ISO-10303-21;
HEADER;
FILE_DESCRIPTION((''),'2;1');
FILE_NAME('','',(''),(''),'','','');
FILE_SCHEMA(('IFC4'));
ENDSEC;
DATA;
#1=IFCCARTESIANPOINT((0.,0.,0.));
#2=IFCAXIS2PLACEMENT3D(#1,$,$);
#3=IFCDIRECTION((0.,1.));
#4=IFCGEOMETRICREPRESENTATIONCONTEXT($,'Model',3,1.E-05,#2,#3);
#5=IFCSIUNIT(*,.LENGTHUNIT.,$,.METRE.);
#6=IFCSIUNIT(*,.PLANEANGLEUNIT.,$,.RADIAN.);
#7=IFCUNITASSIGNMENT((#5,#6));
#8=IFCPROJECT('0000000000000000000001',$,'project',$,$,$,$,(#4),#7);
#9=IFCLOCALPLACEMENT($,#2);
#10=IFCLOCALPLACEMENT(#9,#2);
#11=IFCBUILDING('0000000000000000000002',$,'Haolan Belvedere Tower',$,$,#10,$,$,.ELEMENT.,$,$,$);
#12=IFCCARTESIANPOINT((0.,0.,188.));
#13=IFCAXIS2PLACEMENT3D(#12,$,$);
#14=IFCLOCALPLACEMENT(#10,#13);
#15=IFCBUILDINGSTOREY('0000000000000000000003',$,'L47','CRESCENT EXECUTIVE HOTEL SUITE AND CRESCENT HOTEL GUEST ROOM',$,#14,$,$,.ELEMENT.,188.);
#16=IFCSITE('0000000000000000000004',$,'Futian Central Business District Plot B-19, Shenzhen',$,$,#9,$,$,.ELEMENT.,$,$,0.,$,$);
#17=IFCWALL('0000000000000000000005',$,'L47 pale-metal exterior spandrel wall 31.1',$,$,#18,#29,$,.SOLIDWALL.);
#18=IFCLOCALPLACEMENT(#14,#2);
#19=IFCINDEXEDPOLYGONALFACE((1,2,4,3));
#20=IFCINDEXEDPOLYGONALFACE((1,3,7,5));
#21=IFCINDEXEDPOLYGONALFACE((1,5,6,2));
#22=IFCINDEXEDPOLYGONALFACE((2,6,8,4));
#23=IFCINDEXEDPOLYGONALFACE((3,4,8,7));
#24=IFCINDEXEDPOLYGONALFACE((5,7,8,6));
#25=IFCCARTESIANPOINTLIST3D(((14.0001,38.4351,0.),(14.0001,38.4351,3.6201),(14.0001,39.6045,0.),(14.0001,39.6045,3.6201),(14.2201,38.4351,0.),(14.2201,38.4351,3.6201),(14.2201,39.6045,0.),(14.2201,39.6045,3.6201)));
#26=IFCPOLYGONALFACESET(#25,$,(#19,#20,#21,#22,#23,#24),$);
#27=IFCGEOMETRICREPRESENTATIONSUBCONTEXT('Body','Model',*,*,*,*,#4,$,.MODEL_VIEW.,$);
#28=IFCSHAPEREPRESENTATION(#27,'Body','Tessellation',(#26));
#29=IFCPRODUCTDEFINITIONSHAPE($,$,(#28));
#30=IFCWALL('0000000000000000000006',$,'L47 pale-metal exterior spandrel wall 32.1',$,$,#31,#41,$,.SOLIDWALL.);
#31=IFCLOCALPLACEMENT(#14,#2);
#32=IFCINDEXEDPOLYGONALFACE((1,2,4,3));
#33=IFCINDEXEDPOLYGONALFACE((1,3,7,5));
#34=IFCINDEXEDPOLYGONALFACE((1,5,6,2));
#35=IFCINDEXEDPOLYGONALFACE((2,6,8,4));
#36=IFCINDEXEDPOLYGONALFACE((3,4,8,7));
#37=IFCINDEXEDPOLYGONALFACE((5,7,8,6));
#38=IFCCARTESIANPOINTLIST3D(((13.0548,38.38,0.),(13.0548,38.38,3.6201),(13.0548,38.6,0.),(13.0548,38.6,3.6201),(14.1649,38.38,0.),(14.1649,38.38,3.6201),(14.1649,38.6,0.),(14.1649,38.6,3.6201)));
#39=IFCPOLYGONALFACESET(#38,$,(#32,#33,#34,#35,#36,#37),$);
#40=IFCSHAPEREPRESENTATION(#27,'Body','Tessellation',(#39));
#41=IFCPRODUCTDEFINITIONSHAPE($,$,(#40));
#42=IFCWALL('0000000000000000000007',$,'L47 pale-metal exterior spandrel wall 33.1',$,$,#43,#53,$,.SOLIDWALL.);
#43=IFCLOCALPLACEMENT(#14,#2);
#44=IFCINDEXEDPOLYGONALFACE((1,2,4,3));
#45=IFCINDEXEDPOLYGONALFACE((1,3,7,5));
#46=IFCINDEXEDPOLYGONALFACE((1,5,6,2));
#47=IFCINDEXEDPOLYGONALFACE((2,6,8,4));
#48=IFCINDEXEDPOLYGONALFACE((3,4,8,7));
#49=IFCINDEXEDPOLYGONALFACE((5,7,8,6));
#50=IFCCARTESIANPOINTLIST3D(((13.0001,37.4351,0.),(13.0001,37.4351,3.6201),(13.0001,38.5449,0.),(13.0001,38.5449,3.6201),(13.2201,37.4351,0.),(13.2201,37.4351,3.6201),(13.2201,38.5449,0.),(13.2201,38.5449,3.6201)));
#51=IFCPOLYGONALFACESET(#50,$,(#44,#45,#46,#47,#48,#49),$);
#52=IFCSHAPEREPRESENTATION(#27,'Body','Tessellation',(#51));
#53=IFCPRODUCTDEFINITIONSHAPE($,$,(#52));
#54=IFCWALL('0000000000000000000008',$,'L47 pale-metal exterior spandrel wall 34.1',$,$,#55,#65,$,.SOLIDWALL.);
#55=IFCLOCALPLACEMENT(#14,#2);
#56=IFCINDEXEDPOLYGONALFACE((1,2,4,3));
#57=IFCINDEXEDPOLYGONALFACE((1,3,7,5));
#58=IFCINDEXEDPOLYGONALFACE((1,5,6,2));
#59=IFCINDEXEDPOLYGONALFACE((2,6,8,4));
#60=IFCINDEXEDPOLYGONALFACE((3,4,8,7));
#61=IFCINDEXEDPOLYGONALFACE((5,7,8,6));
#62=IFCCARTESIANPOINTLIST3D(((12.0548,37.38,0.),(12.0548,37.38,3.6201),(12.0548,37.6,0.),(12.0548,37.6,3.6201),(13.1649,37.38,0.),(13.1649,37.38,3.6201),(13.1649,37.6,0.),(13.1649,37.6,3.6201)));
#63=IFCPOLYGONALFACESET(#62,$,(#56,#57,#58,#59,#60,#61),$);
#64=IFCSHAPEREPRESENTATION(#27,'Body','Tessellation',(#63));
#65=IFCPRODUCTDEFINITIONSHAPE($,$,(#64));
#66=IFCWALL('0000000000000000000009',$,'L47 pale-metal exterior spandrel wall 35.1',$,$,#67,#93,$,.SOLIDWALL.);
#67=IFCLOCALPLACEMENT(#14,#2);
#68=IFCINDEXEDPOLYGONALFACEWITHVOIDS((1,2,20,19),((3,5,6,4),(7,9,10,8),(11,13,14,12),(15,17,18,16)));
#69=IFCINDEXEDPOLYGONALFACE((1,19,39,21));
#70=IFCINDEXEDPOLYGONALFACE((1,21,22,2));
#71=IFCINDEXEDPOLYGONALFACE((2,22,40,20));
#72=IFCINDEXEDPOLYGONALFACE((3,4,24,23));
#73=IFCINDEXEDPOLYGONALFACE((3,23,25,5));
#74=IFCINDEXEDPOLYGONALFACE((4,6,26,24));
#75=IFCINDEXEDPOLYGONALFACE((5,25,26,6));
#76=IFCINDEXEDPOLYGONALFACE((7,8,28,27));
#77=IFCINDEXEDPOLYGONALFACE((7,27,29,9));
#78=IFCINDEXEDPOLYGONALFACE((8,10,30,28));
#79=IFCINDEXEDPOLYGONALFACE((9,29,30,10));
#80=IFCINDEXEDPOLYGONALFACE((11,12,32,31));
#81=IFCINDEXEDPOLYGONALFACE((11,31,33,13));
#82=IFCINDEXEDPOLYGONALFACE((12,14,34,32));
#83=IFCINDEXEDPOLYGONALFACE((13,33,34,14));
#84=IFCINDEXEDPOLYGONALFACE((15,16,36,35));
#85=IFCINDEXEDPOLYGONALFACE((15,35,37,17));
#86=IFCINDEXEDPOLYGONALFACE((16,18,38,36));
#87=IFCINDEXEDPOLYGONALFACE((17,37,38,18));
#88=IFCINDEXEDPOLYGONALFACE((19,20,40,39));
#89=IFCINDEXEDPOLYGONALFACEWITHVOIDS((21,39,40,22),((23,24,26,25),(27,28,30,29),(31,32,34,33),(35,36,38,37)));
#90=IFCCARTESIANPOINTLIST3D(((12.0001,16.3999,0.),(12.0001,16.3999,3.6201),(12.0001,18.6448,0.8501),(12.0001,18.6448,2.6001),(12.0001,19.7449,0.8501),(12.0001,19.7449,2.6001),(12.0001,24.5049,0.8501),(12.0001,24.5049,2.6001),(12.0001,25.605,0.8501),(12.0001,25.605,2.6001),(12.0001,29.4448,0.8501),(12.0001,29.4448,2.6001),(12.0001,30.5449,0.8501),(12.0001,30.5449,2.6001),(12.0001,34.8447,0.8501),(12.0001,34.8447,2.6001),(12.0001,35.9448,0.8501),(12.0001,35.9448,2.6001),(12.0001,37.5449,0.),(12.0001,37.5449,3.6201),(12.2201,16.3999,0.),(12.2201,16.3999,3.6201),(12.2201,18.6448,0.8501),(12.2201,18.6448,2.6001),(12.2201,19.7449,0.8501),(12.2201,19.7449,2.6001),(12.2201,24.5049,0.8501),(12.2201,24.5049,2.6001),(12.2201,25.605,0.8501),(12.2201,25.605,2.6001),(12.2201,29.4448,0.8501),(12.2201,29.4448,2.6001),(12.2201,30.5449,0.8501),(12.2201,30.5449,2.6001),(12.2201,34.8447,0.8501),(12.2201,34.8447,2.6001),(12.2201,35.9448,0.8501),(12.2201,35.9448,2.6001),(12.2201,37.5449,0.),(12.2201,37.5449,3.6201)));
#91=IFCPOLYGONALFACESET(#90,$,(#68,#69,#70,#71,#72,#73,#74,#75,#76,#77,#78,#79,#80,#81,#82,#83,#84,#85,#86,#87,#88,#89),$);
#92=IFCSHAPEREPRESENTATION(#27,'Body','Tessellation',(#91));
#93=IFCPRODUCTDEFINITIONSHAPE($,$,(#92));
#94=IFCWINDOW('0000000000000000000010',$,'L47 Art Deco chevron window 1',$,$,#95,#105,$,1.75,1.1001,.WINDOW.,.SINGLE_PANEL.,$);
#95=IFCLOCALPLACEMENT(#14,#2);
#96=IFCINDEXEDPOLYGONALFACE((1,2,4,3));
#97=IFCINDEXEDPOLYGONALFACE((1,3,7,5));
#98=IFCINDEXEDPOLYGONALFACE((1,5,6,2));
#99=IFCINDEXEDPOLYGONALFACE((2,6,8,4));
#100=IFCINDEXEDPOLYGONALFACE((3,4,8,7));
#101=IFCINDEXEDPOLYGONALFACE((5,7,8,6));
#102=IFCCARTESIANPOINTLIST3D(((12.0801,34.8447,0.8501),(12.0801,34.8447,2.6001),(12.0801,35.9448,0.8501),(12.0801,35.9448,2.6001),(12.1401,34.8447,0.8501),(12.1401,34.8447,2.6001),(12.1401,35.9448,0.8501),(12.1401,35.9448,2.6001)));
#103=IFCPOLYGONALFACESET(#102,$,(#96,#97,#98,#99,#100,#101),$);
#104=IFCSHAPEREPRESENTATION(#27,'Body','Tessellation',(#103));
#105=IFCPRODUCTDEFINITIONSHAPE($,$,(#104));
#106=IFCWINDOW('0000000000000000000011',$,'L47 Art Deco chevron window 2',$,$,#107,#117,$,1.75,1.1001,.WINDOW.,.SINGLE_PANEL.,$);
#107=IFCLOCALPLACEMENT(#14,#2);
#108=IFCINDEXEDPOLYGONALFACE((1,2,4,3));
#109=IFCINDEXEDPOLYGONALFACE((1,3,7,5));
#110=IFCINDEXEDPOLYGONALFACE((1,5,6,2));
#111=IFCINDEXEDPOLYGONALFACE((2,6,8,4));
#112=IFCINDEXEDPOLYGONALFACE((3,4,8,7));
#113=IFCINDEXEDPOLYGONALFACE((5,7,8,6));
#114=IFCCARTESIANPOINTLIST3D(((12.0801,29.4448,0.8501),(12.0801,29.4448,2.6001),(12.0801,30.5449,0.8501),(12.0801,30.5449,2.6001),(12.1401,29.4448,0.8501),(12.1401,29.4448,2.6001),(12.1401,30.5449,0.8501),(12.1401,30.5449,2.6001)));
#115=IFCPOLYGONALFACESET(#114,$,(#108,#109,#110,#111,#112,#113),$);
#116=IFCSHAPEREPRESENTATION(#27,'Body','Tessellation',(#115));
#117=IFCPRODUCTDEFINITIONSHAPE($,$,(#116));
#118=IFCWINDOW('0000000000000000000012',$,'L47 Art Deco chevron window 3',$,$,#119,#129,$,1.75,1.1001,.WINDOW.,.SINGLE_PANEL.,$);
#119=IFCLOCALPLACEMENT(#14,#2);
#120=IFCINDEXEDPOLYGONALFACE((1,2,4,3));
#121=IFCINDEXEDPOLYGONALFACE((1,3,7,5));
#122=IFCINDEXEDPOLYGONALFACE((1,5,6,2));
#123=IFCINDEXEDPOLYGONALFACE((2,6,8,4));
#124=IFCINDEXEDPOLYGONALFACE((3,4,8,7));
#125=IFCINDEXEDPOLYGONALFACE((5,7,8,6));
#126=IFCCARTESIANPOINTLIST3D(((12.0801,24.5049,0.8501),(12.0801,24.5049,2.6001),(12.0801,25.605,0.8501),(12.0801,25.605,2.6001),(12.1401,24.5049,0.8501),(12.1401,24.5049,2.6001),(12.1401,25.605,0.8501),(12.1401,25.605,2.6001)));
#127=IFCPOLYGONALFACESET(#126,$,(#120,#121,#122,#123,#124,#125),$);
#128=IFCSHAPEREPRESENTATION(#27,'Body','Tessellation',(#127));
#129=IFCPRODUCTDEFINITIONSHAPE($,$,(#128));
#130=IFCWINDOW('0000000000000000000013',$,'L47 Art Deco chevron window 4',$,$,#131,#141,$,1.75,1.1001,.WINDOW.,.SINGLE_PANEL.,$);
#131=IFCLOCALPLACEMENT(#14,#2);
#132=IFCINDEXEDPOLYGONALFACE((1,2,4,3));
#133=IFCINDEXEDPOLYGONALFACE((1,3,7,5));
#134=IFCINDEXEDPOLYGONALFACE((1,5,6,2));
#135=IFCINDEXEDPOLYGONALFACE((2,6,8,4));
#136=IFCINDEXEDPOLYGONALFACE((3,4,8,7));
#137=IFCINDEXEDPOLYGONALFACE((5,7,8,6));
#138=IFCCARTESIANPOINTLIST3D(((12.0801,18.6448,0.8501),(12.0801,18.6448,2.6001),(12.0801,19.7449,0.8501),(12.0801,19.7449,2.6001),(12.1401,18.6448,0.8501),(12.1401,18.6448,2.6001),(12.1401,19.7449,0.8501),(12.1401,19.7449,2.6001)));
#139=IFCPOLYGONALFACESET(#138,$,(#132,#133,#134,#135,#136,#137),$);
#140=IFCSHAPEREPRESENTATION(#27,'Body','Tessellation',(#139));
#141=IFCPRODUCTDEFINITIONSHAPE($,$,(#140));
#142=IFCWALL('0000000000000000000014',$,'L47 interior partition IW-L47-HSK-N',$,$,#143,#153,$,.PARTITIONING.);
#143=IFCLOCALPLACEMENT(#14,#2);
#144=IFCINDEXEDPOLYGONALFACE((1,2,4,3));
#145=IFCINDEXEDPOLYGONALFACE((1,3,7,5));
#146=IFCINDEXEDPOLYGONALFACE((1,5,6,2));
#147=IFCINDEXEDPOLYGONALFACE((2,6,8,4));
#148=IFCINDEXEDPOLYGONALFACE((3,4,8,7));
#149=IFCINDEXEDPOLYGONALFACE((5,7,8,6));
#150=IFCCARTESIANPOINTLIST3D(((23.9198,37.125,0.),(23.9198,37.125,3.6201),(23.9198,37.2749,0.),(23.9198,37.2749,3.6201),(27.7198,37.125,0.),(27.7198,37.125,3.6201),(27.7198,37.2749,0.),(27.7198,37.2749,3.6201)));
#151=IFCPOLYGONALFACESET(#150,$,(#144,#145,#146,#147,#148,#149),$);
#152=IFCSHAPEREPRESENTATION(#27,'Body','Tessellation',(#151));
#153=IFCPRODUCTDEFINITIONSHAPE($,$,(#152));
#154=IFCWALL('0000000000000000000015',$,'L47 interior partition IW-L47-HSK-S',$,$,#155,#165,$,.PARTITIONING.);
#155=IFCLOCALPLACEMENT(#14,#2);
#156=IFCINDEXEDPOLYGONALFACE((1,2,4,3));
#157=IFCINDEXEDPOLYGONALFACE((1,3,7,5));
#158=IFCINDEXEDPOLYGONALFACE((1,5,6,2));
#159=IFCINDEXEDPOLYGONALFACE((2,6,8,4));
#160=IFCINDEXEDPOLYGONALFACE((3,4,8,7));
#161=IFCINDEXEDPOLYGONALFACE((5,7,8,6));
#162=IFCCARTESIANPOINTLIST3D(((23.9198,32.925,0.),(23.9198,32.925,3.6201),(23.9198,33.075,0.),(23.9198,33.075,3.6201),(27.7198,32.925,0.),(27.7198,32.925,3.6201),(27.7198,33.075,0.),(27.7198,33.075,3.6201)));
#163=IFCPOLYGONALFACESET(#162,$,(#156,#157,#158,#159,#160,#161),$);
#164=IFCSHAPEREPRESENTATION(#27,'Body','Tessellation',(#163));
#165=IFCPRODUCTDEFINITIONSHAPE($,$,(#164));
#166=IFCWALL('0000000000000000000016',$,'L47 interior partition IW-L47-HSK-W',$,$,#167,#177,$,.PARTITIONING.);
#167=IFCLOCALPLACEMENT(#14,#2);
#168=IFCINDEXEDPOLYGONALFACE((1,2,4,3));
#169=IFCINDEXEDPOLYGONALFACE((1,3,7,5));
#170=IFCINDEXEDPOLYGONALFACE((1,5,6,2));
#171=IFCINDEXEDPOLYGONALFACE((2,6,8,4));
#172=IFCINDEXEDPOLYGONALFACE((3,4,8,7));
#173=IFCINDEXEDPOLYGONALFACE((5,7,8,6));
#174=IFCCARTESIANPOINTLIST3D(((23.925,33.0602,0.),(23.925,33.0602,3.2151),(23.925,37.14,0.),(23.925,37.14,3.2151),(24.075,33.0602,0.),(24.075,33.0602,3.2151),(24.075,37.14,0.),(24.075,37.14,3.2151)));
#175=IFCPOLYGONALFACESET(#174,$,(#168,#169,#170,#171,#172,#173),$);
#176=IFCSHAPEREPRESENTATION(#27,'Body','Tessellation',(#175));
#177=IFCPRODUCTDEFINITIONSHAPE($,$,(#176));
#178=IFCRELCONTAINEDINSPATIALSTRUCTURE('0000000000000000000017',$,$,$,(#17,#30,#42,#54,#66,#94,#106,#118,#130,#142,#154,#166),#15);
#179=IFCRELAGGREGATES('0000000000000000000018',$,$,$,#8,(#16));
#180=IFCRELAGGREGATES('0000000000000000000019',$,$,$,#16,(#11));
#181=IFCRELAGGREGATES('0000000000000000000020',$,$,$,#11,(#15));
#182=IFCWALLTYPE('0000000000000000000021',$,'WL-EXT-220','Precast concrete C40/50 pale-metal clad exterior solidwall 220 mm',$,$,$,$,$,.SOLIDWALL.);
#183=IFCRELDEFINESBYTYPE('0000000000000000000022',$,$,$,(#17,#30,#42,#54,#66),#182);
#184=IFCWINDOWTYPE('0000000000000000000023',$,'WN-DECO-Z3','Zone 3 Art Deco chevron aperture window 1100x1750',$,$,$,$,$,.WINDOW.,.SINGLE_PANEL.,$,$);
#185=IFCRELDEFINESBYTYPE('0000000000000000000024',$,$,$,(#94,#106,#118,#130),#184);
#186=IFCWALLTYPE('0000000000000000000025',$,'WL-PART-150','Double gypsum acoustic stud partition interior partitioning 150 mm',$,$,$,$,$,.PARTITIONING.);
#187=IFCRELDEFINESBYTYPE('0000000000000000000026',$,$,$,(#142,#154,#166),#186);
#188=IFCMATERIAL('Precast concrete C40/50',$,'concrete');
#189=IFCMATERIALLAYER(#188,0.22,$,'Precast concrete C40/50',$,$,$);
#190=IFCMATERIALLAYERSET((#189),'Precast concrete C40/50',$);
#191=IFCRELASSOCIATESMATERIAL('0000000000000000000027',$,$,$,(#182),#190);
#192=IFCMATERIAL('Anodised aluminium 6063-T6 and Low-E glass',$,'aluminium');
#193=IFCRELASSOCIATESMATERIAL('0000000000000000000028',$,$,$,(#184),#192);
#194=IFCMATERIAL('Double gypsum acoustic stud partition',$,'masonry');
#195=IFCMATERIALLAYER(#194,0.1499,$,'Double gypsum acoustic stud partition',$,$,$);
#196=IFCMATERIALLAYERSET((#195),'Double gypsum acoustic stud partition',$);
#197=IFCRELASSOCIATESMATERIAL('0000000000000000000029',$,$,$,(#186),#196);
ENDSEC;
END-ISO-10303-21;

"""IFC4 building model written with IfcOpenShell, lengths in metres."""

from ifc_helpers import new_model, si_unit, direction, frame, frame_2d, origin, place, context, subcontext, project, spatial, rectangle, extrude, material, layer, layer_set, type_object, element, fill, save


model = new_model("IFC4")

# Units and contexts
model_context = context("Model", 3, precision=1e-05, world=origin(), true_north=direction((0.0, 1.0)))
body_context = subcontext(model_context, "Body", "Model", "MODEL_VIEW")
ifc_project = project(units=[si_unit("LENGTHUNIT", "METRE"), si_unit("PLANEANGLEUNIT", "RADIAN")], contexts=[model_context])

# Site, building, storey
site_placement = place(None, origin())
site = spatial("IfcSite", under=ifc_project, at=site_placement, Name="Futian Central Business District Plot B-19, Shenzhen", CompositionType="ELEMENT", RefElevation=0.0)
building_placement = place(site_placement, origin())
building = spatial("IfcBuilding", under=site, at=building_placement, Name="Haolan Belvedere Tower", CompositionType="ELEMENT")
storey_placement = place(building_placement, frame((0.0, 0.0, 188.0)))
storey = spatial("IfcBuildingStorey", under=building, at=storey_placement, Name="L47", Description="CRESCENT EXECUTIVE HOTEL SUITE AND CRESCENT HOTEL GUEST ROOM", CompositionType="ELEMENT", Elevation=188.0)

# Shared definitions
ifc_material_1 = material(Name="Precast concrete C40/50", Category="concrete")
ifc_layer_1 = layer(ifc_material_1, 0.22, Name="Precast concrete C40/50")
ifc_layer_set_1 = layer_set([ifc_layer_1], Name="Precast concrete C40/50")
wall_type_1 = type_object("IfcWallType", Name="WL-EXT-220", Description="Precast concrete C40/50 pale-metal clad exterior solidwall 220 mm", PredefinedType="SOLIDWALL", material=ifc_layer_set_1)

# Shared definitions
ifc_material_2 = material(Name="Anodised aluminium 6063-T6 and Low-E glass", Category="aluminium")
window_type = type_object("IfcWindowType", Name="WN-DECO-Z3", Description="Zone 3 Art Deco chevron aperture window 1100x1750", PartitioningType="SINGLE_PANEL", PredefinedType="WINDOW", material=ifc_material_2)

# Walls
wall_1_placement = place(storey_placement, frame((14.1101, 39.6045, 0.0), z_axis=(0.0, 0.0, 1.0), x_axis=(0.0, -1.0, 0.0)))
element("IfcWall", 1, at=wall_1_placement, inside=storey, type_object=wall_type_1, Name="L47 pale-metal exterior spandrel wall 31.1", PredefinedType="SOLIDWALL", context=body_context, shape_type="SweptSolid", body=[
    extrude(rectangle(XDim=1.1694, YDim=0.22, at=frame_2d((0.5847, 0.0))), origin(), (0.0, 0.0, 1.0), 3.6201),
])
wall_2_placement = place(storey_placement, frame((14.165, 38.49, 0.0), z_axis=(0.0, 0.0, 1.0), x_axis=(-1.0, 0.0, 0.0)))
element("IfcWall", 2, at=wall_2_placement, inside=storey, type_object=wall_type_1, Name="L47 pale-metal exterior spandrel wall 32.1", PredefinedType="SOLIDWALL", context=body_context, shape_type="SweptSolid", body=[
    extrude(rectangle(XDim=1.1101, YDim=0.22, at=frame_2d((0.5552, 0.0))), origin(), (0.0, 0.0, 1.0), 3.6201),
])
wall_3_placement = place(storey_placement, frame((13.1101, 38.5449, 0.0), z_axis=(0.0, 0.0, 1.0), x_axis=(0.0, -1.0, 0.0)))
element("IfcWall", 3, at=wall_3_placement, inside=storey, type_object=wall_type_1, Name="L47 pale-metal exterior spandrel wall 33.1", PredefinedType="SOLIDWALL", context=body_context, shape_type="SweptSolid", body=[
    extrude(rectangle(XDim=1.1099, YDim=0.22, at=frame_2d((0.5549, 0.0))), origin(), (0.0, 0.0, 1.0), 3.6201),
])
wall_4_placement = place(storey_placement, frame((13.165, 37.49, 0.0), z_axis=(0.0, 0.0, 1.0), x_axis=(-1.0, 0.0, 0.0)))
element("IfcWall", 4, at=wall_4_placement, inside=storey, type_object=wall_type_1, Name="L47 pale-metal exterior spandrel wall 34.1", PredefinedType="SOLIDWALL", context=body_context, shape_type="SweptSolid", body=[
    extrude(rectangle(XDim=1.1101, YDim=0.22, at=frame_2d((0.5552, 0.0))), origin(), (0.0, 0.0, 1.0), 3.6201),
])

# Wall, openings, windows
wall_5_placement = place(storey_placement, frame((12.1101, 37.5449, 0.0), z_axis=(0.0, 0.0, 1.0), x_axis=(0.0, -1.0, 0.0)))
wall_5 = element("IfcWall", 5, at=wall_5_placement, inside=storey, type_object=wall_type_1, Name="L47 pale-metal exterior spandrel wall 35.1", PredefinedType="SOLIDWALL", context=body_context, shape_type="SweptSolid", body=[
    extrude(rectangle(XDim=21.145, YDim=0.22, at=frame_2d((10.5725, 0.0))), origin(), (0.0, 0.0, 1.0), 3.6201),
])
opening_1_placement = place(wall_5_placement, frame((1.6001, 0.0, 0.8501)))
opening_1 = element("IfcOpeningElement", 6, at=opening_1_placement, cuts=wall_5, PredefinedType="OPENING", context=body_context, shape_type="SweptSolid", body=[
    extrude(rectangle(XDim=1.1001, YDim=1.75, at=frame_2d((0.55, 0.875))), frame((0.0, 0.1199, 0.0), z_axis=(0.0, -1.0, 0.0), x_axis=(1.0, 0.0, 0.0)), (0.0, 0.0, 1.0), 0.24),
])
opening_2_placement = place(wall_5_placement, frame((7.0, 0.0, 0.8501)))
opening_2 = element("IfcOpeningElement", 7, at=opening_2_placement, cuts=wall_5, PredefinedType="OPENING", context=body_context, shape_type="SweptSolid", body=[
    extrude(rectangle(XDim=1.1001, YDim=1.75, at=frame_2d((0.55, 0.875))), frame((0.0, 0.1199, 0.0), z_axis=(0.0, -1.0, 0.0), x_axis=(1.0, 0.0, 0.0)), (0.0, 0.0, 1.0), 0.24),
])
opening_3_placement = place(wall_5_placement, frame((11.9399, 0.0, 0.8501)))
opening_3 = element("IfcOpeningElement", 8, at=opening_3_placement, cuts=wall_5, PredefinedType="OPENING", context=body_context, shape_type="SweptSolid", body=[
    extrude(rectangle(XDim=1.1001, YDim=1.75, at=frame_2d((0.55, 0.875))), frame((0.0, 0.1199, 0.0), z_axis=(0.0, -1.0, 0.0), x_axis=(1.0, 0.0, 0.0)), (0.0, 0.0, 1.0), 0.24),
])
opening_4_placement = place(wall_5_placement, frame((17.8, 0.0, 0.8501)))
opening_4 = element("IfcOpeningElement", 9, at=opening_4_placement, cuts=wall_5, PredefinedType="OPENING", context=body_context, shape_type="SweptSolid", body=[
    extrude(rectangle(XDim=1.1001, YDim=1.75, at=frame_2d((0.55, 0.875))), frame((0.0, 0.1199, 0.0), z_axis=(0.0, -1.0, 0.0), x_axis=(1.0, 0.0, 0.0)), (0.0, 0.0, 1.0), 0.24),
])
window_1_placement = place(opening_1_placement, origin())
window_1 = element("IfcWindow", 10, at=window_1_placement, inside=storey, type_object=window_type, Name="L47 Art Deco chevron window 1", OverallHeight=1.75, OverallWidth=1.1001, PartitioningType="SINGLE_PANEL", PredefinedType="WINDOW", context=body_context, shape_type="SweptSolid", body=[
    extrude(rectangle(XDim=1.1001, YDim=1.75, at=frame_2d((0.55, 0.875))), frame((0.0, 0.03, 0.0), z_axis=(0.0, -1.0, 0.0), x_axis=(1.0, 0.0, 0.0)), (0.0, 0.0, 1.0), 0.0601),
])
fill(opening_1, window_1)
window_2_placement = place(opening_2_placement, origin())
window_2 = element("IfcWindow", 11, at=window_2_placement, inside=storey, type_object=window_type, Name="L47 Art Deco chevron window 2", OverallHeight=1.75, OverallWidth=1.1001, PartitioningType="SINGLE_PANEL", PredefinedType="WINDOW", context=body_context, shape_type="SweptSolid", body=[
    extrude(rectangle(XDim=1.1001, YDim=1.75, at=frame_2d((0.55, 0.875))), frame((0.0, 0.03, 0.0), z_axis=(0.0, -1.0, 0.0), x_axis=(1.0, 0.0, 0.0)), (0.0, 0.0, 1.0), 0.0601),
])
fill(opening_2, window_2)
window_3_placement = place(opening_3_placement, origin())
window_3 = element("IfcWindow", 12, at=window_3_placement, inside=storey, type_object=window_type, Name="L47 Art Deco chevron window 3", OverallHeight=1.75, OverallWidth=1.1001, PartitioningType="SINGLE_PANEL", PredefinedType="WINDOW", context=body_context, shape_type="SweptSolid", body=[
    extrude(rectangle(XDim=1.1001, YDim=1.75, at=frame_2d((0.55, 0.875))), frame((0.0, 0.03, 0.0), z_axis=(0.0, -1.0, 0.0), x_axis=(1.0, 0.0, 0.0)), (0.0, 0.0, 1.0), 0.0601),
])
fill(opening_3, window_3)
window_4_placement = place(opening_4_placement, origin())
window_4 = element("IfcWindow", 13, at=window_4_placement, inside=storey, type_object=window_type, Name="L47 Art Deco chevron window 4", OverallHeight=1.75, OverallWidth=1.1001, PartitioningType="SINGLE_PANEL", PredefinedType="WINDOW", context=body_context, shape_type="SweptSolid", body=[
    extrude(rectangle(XDim=1.1001, YDim=1.75, at=frame_2d((0.55, 0.875))), frame((0.0, 0.03, 0.0), z_axis=(0.0, -1.0, 0.0), x_axis=(1.0, 0.0, 0.0)), (0.0, 0.0, 1.0), 0.0601),
])
fill(opening_4, window_4)

# Walls
ifc_material_3 = material(Name="Double gypsum acoustic stud partition", Category="masonry")
ifc_layer_2 = layer(ifc_material_3, 0.1499, Name="Double gypsum acoustic stud partition")
ifc_layer_set_2 = layer_set([ifc_layer_2], Name="Double gypsum acoustic stud partition")
wall_type_2 = type_object("IfcWallType", Name="WL-PART-150", Description="Double gypsum acoustic stud partition interior partitioning 150 mm", PredefinedType="PARTITIONING", material=ifc_layer_set_2)
for number, where, z_axis, x_axis, name in (
    (14, (23.9199, 37.2, 0.0), (0.0, 0.0, 1.0), (1.0, 0.0, 0.0), "L47 interior partition IW-L47-HSK-N"),
    (15, (23.9199, 33.0, 0.0), (0.0, 0.0, 1.0), (1.0, 0.0, 0.0), "L47 interior partition IW-L47-HSK-S"),
):
    element("IfcWall", number, at=place(storey_placement, frame(where, z_axis=z_axis, x_axis=x_axis)), inside=storey, type_object=wall_type_2, Name=name, PredefinedType="PARTITIONING", context=body_context, shape_type="SweptSolid", body=[
        extrude(rectangle(XDim=3.8, YDim=0.1499, at=frame_2d((1.8999, 0.0))), origin(), (0.0, 0.0, 1.0), 3.6201),
    ])
wall_6_placement = place(storey_placement, frame((24.0, 33.0601, 0.0), z_axis=(0.0, 0.0, 1.0), x_axis=(0.0, 1.0, 0.0)))
element("IfcWall", 16, at=wall_6_placement, inside=storey, type_object=wall_type_2, Name="L47 interior partition IW-L47-HSK-W", PredefinedType="PARTITIONING", context=body_context, shape_type="SweptSolid", body=[
    extrude(rectangle(XDim=4.0798, YDim=0.1499, at=frame_2d((2.04, 0.0))), origin(), (0.0, 0.0, 1.0), 3.2151),
])

save(model, "model.ifc")
